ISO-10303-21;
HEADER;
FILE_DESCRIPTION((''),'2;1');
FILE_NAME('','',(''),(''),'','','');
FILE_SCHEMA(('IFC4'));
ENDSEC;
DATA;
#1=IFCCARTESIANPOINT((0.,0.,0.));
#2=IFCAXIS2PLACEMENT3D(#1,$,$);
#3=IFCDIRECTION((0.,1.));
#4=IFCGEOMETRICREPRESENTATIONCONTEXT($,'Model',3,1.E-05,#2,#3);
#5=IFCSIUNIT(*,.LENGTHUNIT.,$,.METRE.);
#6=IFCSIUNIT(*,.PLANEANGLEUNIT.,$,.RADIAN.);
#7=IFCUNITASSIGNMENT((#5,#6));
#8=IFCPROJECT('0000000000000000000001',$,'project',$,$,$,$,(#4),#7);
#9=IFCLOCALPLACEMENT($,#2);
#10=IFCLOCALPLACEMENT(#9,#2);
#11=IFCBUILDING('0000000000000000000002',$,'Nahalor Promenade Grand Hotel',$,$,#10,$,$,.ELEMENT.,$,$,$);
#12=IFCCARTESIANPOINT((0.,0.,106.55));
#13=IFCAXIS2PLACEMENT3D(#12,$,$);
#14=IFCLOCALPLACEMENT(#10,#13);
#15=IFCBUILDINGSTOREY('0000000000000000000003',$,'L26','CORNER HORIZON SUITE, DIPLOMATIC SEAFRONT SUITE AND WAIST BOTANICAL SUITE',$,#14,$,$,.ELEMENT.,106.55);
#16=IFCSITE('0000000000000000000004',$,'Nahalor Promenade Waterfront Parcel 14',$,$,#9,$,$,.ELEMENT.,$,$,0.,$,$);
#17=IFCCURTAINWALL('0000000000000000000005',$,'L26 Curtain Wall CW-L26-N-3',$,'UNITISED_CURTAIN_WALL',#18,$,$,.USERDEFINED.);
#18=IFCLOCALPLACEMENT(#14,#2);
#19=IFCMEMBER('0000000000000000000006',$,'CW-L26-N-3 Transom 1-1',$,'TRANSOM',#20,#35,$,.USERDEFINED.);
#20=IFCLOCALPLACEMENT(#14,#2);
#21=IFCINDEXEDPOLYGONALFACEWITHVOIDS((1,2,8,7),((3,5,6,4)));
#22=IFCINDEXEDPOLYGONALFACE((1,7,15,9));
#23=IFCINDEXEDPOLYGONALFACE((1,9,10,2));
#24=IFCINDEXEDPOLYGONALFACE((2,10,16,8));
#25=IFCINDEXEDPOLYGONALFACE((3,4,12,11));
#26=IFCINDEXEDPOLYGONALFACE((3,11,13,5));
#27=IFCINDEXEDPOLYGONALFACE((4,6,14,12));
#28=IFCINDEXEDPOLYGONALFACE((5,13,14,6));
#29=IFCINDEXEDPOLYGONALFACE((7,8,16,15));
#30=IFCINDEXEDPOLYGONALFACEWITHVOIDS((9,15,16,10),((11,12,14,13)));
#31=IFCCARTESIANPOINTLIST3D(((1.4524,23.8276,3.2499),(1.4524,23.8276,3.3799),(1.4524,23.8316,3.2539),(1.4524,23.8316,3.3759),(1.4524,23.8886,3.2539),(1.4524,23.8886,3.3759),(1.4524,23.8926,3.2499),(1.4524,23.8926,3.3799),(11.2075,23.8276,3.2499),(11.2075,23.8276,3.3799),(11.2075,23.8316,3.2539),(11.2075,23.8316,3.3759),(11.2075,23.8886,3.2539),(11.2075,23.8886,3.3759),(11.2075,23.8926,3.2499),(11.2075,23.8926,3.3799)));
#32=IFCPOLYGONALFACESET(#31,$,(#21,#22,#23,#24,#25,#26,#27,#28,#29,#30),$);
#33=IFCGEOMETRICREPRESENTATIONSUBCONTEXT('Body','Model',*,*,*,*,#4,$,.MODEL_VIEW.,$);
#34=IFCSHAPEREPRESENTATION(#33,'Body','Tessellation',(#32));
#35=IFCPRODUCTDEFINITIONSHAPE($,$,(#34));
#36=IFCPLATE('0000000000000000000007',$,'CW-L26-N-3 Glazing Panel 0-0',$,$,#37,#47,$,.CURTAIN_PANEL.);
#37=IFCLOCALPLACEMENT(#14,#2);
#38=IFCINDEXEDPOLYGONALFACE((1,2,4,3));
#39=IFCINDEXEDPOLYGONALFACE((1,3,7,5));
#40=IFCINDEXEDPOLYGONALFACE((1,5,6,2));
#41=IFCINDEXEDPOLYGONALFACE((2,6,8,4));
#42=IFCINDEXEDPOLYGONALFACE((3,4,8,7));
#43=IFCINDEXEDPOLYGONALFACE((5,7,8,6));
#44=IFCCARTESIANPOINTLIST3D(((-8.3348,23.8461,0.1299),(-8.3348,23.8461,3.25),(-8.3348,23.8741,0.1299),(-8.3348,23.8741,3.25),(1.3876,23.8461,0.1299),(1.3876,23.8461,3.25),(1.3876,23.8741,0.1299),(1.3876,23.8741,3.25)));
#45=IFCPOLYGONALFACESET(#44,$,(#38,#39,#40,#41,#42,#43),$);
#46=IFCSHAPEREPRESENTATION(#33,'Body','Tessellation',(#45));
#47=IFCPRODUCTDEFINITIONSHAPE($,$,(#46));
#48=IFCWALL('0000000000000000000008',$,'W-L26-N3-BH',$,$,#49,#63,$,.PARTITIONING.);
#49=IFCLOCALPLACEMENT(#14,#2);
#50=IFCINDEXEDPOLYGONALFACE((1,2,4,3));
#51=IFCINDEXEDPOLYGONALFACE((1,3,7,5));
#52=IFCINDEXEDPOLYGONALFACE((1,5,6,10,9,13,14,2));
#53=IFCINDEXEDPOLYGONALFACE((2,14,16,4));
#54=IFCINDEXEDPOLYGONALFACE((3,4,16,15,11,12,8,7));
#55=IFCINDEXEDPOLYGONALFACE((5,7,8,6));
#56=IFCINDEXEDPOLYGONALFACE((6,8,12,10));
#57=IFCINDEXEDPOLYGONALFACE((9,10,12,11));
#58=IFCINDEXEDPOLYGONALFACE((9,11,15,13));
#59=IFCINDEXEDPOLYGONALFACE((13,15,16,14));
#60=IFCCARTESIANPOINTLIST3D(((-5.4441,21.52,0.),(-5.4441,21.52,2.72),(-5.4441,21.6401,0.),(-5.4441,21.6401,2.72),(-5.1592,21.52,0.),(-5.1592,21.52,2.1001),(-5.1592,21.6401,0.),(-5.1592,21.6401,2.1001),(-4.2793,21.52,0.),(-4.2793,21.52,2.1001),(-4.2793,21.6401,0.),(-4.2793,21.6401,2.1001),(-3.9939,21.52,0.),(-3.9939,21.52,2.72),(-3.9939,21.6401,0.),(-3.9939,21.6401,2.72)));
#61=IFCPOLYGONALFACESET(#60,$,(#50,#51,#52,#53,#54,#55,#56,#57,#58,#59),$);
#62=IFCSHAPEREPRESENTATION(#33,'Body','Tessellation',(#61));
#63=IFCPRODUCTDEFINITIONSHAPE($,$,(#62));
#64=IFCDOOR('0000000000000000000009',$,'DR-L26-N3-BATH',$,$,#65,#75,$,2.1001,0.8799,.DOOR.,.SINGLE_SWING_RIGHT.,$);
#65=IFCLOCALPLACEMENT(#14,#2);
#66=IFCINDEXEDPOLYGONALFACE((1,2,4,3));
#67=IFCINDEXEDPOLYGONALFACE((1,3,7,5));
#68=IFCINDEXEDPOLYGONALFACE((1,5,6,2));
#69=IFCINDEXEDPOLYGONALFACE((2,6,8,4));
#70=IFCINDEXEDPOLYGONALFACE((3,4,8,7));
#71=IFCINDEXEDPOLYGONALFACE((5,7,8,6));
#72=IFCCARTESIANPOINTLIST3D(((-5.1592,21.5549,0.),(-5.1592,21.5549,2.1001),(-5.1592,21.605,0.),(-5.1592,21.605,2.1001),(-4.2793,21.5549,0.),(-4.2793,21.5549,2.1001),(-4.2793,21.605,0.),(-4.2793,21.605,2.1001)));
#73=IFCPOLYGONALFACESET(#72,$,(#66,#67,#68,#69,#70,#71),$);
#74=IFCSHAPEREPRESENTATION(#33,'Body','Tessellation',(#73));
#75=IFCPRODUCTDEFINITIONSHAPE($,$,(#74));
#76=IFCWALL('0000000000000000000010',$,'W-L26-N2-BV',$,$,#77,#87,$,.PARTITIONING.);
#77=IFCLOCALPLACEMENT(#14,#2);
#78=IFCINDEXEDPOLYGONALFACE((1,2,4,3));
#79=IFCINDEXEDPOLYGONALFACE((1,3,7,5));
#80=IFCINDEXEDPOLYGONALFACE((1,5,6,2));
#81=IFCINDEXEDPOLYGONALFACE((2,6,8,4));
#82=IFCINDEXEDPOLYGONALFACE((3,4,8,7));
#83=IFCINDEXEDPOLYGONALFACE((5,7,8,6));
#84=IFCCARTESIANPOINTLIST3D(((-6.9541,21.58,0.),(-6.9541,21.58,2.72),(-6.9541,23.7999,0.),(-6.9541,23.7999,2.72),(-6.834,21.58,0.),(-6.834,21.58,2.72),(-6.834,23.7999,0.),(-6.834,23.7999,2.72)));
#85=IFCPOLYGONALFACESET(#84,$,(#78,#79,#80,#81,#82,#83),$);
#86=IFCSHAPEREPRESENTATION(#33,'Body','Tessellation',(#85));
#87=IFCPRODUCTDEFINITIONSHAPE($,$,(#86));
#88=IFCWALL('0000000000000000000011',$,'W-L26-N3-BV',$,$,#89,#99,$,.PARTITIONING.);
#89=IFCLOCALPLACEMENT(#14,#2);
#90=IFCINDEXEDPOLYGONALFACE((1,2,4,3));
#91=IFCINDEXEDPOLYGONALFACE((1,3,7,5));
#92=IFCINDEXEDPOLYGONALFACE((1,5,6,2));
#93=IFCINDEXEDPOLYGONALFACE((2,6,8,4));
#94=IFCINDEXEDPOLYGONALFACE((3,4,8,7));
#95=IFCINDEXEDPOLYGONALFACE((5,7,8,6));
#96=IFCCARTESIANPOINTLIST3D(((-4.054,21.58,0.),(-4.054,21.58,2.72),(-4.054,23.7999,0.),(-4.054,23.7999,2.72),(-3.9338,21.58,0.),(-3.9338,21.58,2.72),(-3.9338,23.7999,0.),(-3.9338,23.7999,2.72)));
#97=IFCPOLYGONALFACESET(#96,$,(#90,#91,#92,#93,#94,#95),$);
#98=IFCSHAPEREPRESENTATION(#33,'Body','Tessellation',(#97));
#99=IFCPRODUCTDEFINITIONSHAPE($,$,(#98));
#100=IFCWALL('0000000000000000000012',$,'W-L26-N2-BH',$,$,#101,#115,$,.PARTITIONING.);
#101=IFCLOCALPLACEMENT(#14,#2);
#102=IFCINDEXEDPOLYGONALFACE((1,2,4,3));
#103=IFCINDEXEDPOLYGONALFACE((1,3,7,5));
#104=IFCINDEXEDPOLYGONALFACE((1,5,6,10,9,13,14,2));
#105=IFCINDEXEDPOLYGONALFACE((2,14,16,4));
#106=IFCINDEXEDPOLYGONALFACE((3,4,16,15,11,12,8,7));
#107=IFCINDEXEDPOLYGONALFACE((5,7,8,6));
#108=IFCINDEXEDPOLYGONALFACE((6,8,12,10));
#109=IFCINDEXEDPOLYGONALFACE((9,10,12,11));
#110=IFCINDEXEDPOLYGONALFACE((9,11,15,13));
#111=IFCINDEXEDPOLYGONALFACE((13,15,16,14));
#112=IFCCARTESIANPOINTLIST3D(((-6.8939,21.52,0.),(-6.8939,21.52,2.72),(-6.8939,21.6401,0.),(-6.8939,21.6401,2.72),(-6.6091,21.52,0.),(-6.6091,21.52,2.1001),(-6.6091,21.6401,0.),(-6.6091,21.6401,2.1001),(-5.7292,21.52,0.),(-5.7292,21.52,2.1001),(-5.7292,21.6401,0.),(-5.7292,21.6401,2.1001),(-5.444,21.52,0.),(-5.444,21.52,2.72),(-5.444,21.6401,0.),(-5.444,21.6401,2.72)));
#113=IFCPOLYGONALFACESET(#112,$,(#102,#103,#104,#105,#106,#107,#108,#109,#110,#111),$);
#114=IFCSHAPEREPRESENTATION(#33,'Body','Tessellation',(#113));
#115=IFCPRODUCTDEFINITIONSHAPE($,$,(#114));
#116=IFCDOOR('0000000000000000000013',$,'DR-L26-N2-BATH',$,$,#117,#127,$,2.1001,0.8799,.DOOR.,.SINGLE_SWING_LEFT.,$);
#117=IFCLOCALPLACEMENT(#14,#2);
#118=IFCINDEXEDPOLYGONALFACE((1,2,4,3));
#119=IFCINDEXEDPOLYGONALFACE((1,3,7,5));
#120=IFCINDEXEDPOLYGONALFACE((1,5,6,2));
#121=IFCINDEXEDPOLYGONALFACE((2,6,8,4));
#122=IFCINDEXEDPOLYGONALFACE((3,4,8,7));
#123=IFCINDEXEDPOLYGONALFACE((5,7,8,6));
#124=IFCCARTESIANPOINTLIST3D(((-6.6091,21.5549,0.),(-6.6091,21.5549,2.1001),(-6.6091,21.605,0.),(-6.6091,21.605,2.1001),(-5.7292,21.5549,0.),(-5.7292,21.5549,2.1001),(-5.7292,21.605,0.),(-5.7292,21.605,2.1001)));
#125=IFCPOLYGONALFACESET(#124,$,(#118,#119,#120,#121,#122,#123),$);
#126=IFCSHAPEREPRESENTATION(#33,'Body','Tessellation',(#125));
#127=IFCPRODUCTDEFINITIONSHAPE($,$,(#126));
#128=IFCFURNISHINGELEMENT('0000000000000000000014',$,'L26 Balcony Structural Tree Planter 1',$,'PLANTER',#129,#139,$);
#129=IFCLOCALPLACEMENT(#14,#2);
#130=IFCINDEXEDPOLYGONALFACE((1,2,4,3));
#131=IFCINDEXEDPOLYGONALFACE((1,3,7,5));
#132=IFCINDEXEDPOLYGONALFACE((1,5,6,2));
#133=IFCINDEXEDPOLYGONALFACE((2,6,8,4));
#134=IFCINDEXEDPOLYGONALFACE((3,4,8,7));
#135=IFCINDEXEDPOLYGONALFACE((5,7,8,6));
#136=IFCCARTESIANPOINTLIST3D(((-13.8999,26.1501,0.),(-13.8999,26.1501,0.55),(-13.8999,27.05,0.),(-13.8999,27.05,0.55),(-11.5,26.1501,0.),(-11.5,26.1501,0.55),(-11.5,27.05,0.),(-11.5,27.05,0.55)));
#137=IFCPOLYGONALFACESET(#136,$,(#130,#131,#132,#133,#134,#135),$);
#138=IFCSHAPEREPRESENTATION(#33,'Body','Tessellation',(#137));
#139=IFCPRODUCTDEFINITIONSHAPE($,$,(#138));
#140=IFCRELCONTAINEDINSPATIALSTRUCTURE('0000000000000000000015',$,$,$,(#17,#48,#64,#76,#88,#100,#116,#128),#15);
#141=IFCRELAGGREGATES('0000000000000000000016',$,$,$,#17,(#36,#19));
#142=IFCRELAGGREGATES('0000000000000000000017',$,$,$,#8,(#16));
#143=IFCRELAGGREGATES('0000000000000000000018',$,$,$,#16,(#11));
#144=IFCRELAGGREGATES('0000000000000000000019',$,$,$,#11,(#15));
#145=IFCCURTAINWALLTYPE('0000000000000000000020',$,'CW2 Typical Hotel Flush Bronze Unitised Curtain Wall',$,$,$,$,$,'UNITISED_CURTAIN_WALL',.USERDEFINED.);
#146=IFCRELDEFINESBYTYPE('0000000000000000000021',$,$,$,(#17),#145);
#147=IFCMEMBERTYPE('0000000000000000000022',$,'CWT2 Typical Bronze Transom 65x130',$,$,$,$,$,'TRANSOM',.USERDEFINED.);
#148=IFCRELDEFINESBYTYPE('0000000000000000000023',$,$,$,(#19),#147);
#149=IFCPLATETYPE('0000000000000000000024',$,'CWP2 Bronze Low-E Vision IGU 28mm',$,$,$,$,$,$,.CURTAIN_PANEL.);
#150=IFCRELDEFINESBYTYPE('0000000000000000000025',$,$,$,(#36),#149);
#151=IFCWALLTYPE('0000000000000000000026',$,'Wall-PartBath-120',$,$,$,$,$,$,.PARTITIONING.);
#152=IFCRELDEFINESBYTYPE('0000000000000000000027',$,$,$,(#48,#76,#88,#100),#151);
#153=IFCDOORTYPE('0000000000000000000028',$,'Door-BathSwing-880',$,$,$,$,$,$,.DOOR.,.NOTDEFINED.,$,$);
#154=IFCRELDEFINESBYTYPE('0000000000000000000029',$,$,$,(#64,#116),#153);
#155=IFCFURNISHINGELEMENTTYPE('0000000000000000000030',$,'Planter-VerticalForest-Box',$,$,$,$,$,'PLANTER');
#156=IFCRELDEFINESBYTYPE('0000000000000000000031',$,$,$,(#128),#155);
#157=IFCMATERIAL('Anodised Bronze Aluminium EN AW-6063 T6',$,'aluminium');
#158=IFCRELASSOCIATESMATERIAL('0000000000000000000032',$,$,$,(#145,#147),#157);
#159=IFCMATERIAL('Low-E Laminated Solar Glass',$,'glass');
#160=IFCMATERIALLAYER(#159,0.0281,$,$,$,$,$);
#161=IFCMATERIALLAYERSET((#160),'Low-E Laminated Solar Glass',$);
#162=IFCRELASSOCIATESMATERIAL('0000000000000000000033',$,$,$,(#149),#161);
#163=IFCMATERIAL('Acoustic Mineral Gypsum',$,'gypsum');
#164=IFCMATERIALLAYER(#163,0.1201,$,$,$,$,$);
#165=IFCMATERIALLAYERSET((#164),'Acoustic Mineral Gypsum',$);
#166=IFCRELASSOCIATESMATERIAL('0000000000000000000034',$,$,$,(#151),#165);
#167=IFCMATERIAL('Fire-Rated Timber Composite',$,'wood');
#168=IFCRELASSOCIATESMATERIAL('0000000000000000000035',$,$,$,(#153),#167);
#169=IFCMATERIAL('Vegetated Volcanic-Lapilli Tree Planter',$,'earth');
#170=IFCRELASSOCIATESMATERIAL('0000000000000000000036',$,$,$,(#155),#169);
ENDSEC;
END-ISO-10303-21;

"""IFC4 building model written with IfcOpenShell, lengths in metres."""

from ifc_helpers import new_model, si_unit, direction, frame, frame_2d, origin, origin_2d, place, context, subcontext, project, spatial, rectangle, hollow_rectangle, extrude, source, transform, mapped, material, layer, layer_set, material_profile, profile_set, type_object, element, fill, aggregate, save


model = new_model("IFC4")

# Units and contexts
model_context = context("Model", 3, precision=1e-05, world=origin(), true_north=direction((0.0, 1.0)))
body_context = subcontext(model_context, "Body", "Model", "MODEL_VIEW")
ifc_project = project(units=[si_unit("LENGTHUNIT", "METRE"), si_unit("PLANEANGLEUNIT", "RADIAN")], contexts=[model_context])

# Site, building, storey
site_placement = place(None, origin())
site = spatial("IfcSite", under=ifc_project, at=site_placement, Name="Nahalor Promenade Waterfront Parcel 14", CompositionType="ELEMENT", RefElevation=0.0)
building_placement = place(site_placement, origin())
building = spatial("IfcBuilding", under=site, at=building_placement, Name="Nahalor Promenade Grand Hotel", CompositionType="ELEMENT")
storey_placement = place(building_placement, frame((0.0, 0.0, 106.55)))
storey = spatial("IfcBuildingStorey", under=building, at=storey_placement, Name="L26", Description="CORNER HORIZON SUITE, DIPLOMATIC SEAFRONT SUITE AND WAIST BOTANICAL SUITE", CompositionType="ELEMENT", Elevation=106.55)

# Curtain wall, member, plate
ifc_material_1 = material(Name="Anodised Bronze Aluminium EN AW-6063 T6", Category="aluminium")
curtain_wall_type = type_object("IfcCurtainWallType", Name="CW2 Typical Hotel Flush Bronze Unitised Curtain Wall", ElementType="UNITISED_CURTAIN_WALL", PredefinedType="USERDEFINED", material=ifc_material_1)
curtain_wall_placement = place(storey_placement, origin())
curtain_wall = element("IfcCurtainWall", 1, at=curtain_wall_placement, inside=storey, type_object=curtain_wall_type, Name="L26 Curtain Wall CW-L26-N-3", ObjectType="UNITISED_CURTAIN_WALL", PredefinedType="USERDEFINED")
ifc_material_profile_1 = material_profile(ifc_material_1, hollow_rectangle(XDim=0.065, YDim=0.13, WallThickness=0.004, at=origin_2d()), Name="CWT 65x130x4")
ifc_profile_set_1 = profile_set([ifc_material_profile_1], Name="Anodised Bronze Aluminium EN AW-6063 T6")
member_type_1 = type_object("IfcMemberType", Name="CWT2 Typical Bronze Transom 65x130", ElementType="TRANSOM", PredefinedType="USERDEFINED", material=ifc_profile_set_1)
shared_shape_1 = source(origin(), body_context, "Body", "SweptSolid", [
    extrude(hollow_rectangle(XDim=0.065, YDim=0.13, WallThickness=0.004, at=origin_2d()), origin(), (0.0, 0.0, 1.0), 9.7551),
])
member_1_placement = place(storey_placement, frame((1.4524, 23.8601, 3.3149), z_axis=(1.0, 0.0, 0.0), x_axis=(0.0, 1.0, 0.0)))
member_1 = element("IfcMember", 2, at=member_1_placement, type_object=member_type_1, Name="CW-L26-N-3 Transom 1-1", ObjectType="TRANSOM", PredefinedType="USERDEFINED", context=body_context, shape_type="MappedRepresentation", body=[
    mapped(shared_shape_1, transform((0.0, 0.0, 0.0), scale=1.0)),
])
ifc_material_2 = material(Name="Low-E Laminated Solar Glass", Category="glass")
ifc_layer_1 = layer(ifc_material_2, 0.0281)
ifc_layer_set_1 = layer_set([ifc_layer_1], Name="Low-E Laminated Solar Glass")
plate_type = type_object("IfcPlateType", Name="CWP2 Bronze Low-E Vision IGU 28mm", PredefinedType="CURTAIN_PANEL", material=ifc_layer_set_1)
shared_shape_2 = source(origin(), body_context, "Body", "SweptSolid", [
    extrude(rectangle(XDim=9.7224, YDim=0.0281, at=origin_2d()), origin(), (0.0, 0.0, 1.0), 3.1201),
])
plate_placement = place(storey_placement, frame((-3.4736, 23.8601, 0.1299), z_axis=(0.0, 0.0, 1.0), x_axis=(1.0, 0.0, 0.0)))
plate = element("IfcPlate", 3, at=plate_placement, type_object=plate_type, Name="CW-L26-N-3 Glazing Panel 0-0", PredefinedType="CURTAIN_PANEL", context=body_context, shape_type="MappedRepresentation", body=[
    mapped(shared_shape_2, transform((0.0, 0.0, 0.0), scale=1.0)),
])
aggregate(curtain_wall, [plate, member_1])

# Wall, opening, door
ifc_material_3 = material(Name="Acoustic Mineral Gypsum", Category="gypsum")
ifc_layer_2 = layer(ifc_material_3, 0.1201)
ifc_layer_set_2 = layer_set([ifc_layer_2], Name="Acoustic Mineral Gypsum")
wall_type = type_object("IfcWallType", Name="Wall-PartBath-120", PredefinedType="PARTITIONING", material=ifc_layer_set_2)
shared_shape_3 = source(origin(), body_context, "Body", "SweptSolid", [
    extrude(rectangle(XDim=1.4502, YDim=0.1201, at=frame_2d((0.7251, 0.0))), origin(), (0.0, 0.0, 1.0), 2.72),
])
wall_1_placement = place(storey_placement, frame((-5.4441, 21.5801, 0.0), z_axis=(0.0, 0.0, 1.0), x_axis=(1.0, 0.0, 0.0)))
wall_1 = element("IfcWall", 4, at=wall_1_placement, inside=storey, type_object=wall_type, Name="W-L26-N3-BH", PredefinedType="PARTITIONING", context=body_context, shape_type="MappedRepresentation", body=[
    mapped(shared_shape_3, transform((0.0, 0.0, 0.0), scale=1.0)),
])
opening_1_placement = place(wall_1_placement, frame((0.2849, 0.0, 0.0)))
opening_1 = element("IfcOpeningElement", 5, at=opening_1_placement, cuts=wall_1, PredefinedType="OPENING", context=body_context, shape_type="SweptSolid", body=[
    extrude(rectangle(XDim=0.8799, YDim=2.1001, at=frame_2d((0.4399, 1.05))), frame((0.0, 0.0701, 0.0), z_axis=(0.0, -1.0, 0.0), x_axis=(1.0, 0.0, 0.0)), (0.0, 0.0, 1.0), 0.1401),
])
ifc_material_4 = material(Name="Fire-Rated Timber Composite", Category="wood")
door_type = type_object("IfcDoorType", Name="Door-BathSwing-880", OperationType="NOTDEFINED", PredefinedType="DOOR", material=ifc_material_4)
shared_shape_4 = source(origin(), body_context, "Body", "SweptSolid", [
    extrude(rectangle(XDim=0.8799, YDim=2.1001, at=frame_2d((0.4399, 1.05))), frame((0.0, 0.0249, 0.0), z_axis=(0.0, -1.0, 0.0), x_axis=(1.0, 0.0, 0.0)), (0.0, 0.0, 1.0), 0.05),
])
door_1_placement = place(opening_1_placement, origin())
door_1 = element("IfcDoor", 6, at=door_1_placement, inside=storey, type_object=door_type, Name="DR-L26-N3-BATH", OperationType="SINGLE_SWING_RIGHT", OverallHeight=2.1001, OverallWidth=0.8799, PredefinedType="DOOR", context=body_context, shape_type="MappedRepresentation", body=[
    mapped(shared_shape_4, transform((0.0, 0.0, 0.0), scale=1.0)),
])
fill(opening_1, door_1)

# Walls
shared_shape_5 = source(origin(), body_context, "Body", "SweptSolid", [
    extrude(rectangle(XDim=2.22, YDim=0.1201, at=frame_2d((1.1099, 0.0))), origin(), (0.0, 0.0, 1.0), 2.72),
])
for number, where, z_axis, x_axis, name in (
    (7, (-6.894, 21.5801, 0.0), (0.0, 0.0, 1.0), (0.0, 1.0, 0.0), "W-L26-N2-BV"),
    (8, (-3.9939, 21.5801, 0.0), (0.0, 0.0, 1.0), (0.0, 1.0, 0.0), "W-L26-N3-BV"),
):
    element("IfcWall", number, at=place(storey_placement, frame(where, z_axis=z_axis, x_axis=x_axis)), inside=storey, type_object=wall_type, Name=name, PredefinedType="PARTITIONING", context=body_context, shape_type="MappedRepresentation", body=[
        mapped(shared_shape_5, transform((0.0, 0.0, 0.0), scale=1.0)),
    ])

# Wall, opening, door
shared_shape_6 = source(origin(), body_context, "Body", "SweptSolid", [
    extrude(rectangle(XDim=1.45, YDim=0.1201, at=frame_2d((0.7251, 0.0))), origin(), (0.0, 0.0, 1.0), 2.72),
])
wall_2_placement = place(storey_placement, frame((-6.894, 21.5801, 0.0), z_axis=(0.0, 0.0, 1.0), x_axis=(1.0, 0.0, 0.0)))
wall_2 = element("IfcWall", 9, at=wall_2_placement, inside=storey, type_object=wall_type, Name="W-L26-N2-BH", PredefinedType="PARTITIONING", context=body_context, shape_type="MappedRepresentation", body=[
    mapped(shared_shape_6, transform((0.0, 0.0, 0.0), scale=1.0)),
])
opening_2_placement = place(wall_2_placement, frame((0.2849, 0.0, 0.0)))
opening_2 = element("IfcOpeningElement", 10, at=opening_2_placement, cuts=wall_2, PredefinedType="OPENING", context=body_context, shape_type="SweptSolid", body=[
    extrude(rectangle(XDim=0.8799, YDim=2.1001, at=frame_2d((0.4399, 1.05))), frame((0.0, 0.0701, 0.0), z_axis=(0.0, -1.0, 0.0), x_axis=(1.0, 0.0, 0.0)), (0.0, 0.0, 1.0), 0.1401),
])
door_2_placement = place(opening_2_placement, origin())
door_2 = element("IfcDoor", 11, at=door_2_placement, inside=storey, type_object=door_type, Name="DR-L26-N2-BATH", OperationType="SINGLE_SWING_LEFT", OverallHeight=2.1001, OverallWidth=0.8799, PredefinedType="DOOR", context=body_context, shape_type="MappedRepresentation", body=[
    mapped(shared_shape_4, transform((0.0, 0.0, 0.0), scale=1.0)),
])
fill(opening_2, door_2)

# Furnishing element
ifc_material_5 = material(Name="Vegetated Volcanic-Lapilli Tree Planter", Category="earth")
furnishing_element_type = type_object("IfcFurnishingElementType", Name="Planter-VerticalForest-Box", ElementType="PLANTER", material=ifc_material_5)
shared_shape_7 = source(origin(), body_context, "Body", "SweptSolid", [
    extrude(rectangle(XDim=2.3999, YDim=0.8999, at=origin_2d()), origin(), (0.0, 0.0, 1.0), 0.55),
])
furnishing_placement = place(storey_placement, frame((-12.7, 26.6001, 0.0), z_axis=(0.0, 0.0, 1.0), x_axis=(1.0, 0.0, 0.0)))
element("IfcFurnishingElement", 12, at=furnishing_placement, inside=storey, type_object=furnishing_element_type, Name="L26 Balcony Structural Tree Planter 1", ObjectType="PLANTER", context=body_context, shape_type="MappedRepresentation", body=[
    mapped(shared_shape_7, transform((0.0, 0.0, 0.0), scale=1.0)),
])

save(model, "model.ifc")
